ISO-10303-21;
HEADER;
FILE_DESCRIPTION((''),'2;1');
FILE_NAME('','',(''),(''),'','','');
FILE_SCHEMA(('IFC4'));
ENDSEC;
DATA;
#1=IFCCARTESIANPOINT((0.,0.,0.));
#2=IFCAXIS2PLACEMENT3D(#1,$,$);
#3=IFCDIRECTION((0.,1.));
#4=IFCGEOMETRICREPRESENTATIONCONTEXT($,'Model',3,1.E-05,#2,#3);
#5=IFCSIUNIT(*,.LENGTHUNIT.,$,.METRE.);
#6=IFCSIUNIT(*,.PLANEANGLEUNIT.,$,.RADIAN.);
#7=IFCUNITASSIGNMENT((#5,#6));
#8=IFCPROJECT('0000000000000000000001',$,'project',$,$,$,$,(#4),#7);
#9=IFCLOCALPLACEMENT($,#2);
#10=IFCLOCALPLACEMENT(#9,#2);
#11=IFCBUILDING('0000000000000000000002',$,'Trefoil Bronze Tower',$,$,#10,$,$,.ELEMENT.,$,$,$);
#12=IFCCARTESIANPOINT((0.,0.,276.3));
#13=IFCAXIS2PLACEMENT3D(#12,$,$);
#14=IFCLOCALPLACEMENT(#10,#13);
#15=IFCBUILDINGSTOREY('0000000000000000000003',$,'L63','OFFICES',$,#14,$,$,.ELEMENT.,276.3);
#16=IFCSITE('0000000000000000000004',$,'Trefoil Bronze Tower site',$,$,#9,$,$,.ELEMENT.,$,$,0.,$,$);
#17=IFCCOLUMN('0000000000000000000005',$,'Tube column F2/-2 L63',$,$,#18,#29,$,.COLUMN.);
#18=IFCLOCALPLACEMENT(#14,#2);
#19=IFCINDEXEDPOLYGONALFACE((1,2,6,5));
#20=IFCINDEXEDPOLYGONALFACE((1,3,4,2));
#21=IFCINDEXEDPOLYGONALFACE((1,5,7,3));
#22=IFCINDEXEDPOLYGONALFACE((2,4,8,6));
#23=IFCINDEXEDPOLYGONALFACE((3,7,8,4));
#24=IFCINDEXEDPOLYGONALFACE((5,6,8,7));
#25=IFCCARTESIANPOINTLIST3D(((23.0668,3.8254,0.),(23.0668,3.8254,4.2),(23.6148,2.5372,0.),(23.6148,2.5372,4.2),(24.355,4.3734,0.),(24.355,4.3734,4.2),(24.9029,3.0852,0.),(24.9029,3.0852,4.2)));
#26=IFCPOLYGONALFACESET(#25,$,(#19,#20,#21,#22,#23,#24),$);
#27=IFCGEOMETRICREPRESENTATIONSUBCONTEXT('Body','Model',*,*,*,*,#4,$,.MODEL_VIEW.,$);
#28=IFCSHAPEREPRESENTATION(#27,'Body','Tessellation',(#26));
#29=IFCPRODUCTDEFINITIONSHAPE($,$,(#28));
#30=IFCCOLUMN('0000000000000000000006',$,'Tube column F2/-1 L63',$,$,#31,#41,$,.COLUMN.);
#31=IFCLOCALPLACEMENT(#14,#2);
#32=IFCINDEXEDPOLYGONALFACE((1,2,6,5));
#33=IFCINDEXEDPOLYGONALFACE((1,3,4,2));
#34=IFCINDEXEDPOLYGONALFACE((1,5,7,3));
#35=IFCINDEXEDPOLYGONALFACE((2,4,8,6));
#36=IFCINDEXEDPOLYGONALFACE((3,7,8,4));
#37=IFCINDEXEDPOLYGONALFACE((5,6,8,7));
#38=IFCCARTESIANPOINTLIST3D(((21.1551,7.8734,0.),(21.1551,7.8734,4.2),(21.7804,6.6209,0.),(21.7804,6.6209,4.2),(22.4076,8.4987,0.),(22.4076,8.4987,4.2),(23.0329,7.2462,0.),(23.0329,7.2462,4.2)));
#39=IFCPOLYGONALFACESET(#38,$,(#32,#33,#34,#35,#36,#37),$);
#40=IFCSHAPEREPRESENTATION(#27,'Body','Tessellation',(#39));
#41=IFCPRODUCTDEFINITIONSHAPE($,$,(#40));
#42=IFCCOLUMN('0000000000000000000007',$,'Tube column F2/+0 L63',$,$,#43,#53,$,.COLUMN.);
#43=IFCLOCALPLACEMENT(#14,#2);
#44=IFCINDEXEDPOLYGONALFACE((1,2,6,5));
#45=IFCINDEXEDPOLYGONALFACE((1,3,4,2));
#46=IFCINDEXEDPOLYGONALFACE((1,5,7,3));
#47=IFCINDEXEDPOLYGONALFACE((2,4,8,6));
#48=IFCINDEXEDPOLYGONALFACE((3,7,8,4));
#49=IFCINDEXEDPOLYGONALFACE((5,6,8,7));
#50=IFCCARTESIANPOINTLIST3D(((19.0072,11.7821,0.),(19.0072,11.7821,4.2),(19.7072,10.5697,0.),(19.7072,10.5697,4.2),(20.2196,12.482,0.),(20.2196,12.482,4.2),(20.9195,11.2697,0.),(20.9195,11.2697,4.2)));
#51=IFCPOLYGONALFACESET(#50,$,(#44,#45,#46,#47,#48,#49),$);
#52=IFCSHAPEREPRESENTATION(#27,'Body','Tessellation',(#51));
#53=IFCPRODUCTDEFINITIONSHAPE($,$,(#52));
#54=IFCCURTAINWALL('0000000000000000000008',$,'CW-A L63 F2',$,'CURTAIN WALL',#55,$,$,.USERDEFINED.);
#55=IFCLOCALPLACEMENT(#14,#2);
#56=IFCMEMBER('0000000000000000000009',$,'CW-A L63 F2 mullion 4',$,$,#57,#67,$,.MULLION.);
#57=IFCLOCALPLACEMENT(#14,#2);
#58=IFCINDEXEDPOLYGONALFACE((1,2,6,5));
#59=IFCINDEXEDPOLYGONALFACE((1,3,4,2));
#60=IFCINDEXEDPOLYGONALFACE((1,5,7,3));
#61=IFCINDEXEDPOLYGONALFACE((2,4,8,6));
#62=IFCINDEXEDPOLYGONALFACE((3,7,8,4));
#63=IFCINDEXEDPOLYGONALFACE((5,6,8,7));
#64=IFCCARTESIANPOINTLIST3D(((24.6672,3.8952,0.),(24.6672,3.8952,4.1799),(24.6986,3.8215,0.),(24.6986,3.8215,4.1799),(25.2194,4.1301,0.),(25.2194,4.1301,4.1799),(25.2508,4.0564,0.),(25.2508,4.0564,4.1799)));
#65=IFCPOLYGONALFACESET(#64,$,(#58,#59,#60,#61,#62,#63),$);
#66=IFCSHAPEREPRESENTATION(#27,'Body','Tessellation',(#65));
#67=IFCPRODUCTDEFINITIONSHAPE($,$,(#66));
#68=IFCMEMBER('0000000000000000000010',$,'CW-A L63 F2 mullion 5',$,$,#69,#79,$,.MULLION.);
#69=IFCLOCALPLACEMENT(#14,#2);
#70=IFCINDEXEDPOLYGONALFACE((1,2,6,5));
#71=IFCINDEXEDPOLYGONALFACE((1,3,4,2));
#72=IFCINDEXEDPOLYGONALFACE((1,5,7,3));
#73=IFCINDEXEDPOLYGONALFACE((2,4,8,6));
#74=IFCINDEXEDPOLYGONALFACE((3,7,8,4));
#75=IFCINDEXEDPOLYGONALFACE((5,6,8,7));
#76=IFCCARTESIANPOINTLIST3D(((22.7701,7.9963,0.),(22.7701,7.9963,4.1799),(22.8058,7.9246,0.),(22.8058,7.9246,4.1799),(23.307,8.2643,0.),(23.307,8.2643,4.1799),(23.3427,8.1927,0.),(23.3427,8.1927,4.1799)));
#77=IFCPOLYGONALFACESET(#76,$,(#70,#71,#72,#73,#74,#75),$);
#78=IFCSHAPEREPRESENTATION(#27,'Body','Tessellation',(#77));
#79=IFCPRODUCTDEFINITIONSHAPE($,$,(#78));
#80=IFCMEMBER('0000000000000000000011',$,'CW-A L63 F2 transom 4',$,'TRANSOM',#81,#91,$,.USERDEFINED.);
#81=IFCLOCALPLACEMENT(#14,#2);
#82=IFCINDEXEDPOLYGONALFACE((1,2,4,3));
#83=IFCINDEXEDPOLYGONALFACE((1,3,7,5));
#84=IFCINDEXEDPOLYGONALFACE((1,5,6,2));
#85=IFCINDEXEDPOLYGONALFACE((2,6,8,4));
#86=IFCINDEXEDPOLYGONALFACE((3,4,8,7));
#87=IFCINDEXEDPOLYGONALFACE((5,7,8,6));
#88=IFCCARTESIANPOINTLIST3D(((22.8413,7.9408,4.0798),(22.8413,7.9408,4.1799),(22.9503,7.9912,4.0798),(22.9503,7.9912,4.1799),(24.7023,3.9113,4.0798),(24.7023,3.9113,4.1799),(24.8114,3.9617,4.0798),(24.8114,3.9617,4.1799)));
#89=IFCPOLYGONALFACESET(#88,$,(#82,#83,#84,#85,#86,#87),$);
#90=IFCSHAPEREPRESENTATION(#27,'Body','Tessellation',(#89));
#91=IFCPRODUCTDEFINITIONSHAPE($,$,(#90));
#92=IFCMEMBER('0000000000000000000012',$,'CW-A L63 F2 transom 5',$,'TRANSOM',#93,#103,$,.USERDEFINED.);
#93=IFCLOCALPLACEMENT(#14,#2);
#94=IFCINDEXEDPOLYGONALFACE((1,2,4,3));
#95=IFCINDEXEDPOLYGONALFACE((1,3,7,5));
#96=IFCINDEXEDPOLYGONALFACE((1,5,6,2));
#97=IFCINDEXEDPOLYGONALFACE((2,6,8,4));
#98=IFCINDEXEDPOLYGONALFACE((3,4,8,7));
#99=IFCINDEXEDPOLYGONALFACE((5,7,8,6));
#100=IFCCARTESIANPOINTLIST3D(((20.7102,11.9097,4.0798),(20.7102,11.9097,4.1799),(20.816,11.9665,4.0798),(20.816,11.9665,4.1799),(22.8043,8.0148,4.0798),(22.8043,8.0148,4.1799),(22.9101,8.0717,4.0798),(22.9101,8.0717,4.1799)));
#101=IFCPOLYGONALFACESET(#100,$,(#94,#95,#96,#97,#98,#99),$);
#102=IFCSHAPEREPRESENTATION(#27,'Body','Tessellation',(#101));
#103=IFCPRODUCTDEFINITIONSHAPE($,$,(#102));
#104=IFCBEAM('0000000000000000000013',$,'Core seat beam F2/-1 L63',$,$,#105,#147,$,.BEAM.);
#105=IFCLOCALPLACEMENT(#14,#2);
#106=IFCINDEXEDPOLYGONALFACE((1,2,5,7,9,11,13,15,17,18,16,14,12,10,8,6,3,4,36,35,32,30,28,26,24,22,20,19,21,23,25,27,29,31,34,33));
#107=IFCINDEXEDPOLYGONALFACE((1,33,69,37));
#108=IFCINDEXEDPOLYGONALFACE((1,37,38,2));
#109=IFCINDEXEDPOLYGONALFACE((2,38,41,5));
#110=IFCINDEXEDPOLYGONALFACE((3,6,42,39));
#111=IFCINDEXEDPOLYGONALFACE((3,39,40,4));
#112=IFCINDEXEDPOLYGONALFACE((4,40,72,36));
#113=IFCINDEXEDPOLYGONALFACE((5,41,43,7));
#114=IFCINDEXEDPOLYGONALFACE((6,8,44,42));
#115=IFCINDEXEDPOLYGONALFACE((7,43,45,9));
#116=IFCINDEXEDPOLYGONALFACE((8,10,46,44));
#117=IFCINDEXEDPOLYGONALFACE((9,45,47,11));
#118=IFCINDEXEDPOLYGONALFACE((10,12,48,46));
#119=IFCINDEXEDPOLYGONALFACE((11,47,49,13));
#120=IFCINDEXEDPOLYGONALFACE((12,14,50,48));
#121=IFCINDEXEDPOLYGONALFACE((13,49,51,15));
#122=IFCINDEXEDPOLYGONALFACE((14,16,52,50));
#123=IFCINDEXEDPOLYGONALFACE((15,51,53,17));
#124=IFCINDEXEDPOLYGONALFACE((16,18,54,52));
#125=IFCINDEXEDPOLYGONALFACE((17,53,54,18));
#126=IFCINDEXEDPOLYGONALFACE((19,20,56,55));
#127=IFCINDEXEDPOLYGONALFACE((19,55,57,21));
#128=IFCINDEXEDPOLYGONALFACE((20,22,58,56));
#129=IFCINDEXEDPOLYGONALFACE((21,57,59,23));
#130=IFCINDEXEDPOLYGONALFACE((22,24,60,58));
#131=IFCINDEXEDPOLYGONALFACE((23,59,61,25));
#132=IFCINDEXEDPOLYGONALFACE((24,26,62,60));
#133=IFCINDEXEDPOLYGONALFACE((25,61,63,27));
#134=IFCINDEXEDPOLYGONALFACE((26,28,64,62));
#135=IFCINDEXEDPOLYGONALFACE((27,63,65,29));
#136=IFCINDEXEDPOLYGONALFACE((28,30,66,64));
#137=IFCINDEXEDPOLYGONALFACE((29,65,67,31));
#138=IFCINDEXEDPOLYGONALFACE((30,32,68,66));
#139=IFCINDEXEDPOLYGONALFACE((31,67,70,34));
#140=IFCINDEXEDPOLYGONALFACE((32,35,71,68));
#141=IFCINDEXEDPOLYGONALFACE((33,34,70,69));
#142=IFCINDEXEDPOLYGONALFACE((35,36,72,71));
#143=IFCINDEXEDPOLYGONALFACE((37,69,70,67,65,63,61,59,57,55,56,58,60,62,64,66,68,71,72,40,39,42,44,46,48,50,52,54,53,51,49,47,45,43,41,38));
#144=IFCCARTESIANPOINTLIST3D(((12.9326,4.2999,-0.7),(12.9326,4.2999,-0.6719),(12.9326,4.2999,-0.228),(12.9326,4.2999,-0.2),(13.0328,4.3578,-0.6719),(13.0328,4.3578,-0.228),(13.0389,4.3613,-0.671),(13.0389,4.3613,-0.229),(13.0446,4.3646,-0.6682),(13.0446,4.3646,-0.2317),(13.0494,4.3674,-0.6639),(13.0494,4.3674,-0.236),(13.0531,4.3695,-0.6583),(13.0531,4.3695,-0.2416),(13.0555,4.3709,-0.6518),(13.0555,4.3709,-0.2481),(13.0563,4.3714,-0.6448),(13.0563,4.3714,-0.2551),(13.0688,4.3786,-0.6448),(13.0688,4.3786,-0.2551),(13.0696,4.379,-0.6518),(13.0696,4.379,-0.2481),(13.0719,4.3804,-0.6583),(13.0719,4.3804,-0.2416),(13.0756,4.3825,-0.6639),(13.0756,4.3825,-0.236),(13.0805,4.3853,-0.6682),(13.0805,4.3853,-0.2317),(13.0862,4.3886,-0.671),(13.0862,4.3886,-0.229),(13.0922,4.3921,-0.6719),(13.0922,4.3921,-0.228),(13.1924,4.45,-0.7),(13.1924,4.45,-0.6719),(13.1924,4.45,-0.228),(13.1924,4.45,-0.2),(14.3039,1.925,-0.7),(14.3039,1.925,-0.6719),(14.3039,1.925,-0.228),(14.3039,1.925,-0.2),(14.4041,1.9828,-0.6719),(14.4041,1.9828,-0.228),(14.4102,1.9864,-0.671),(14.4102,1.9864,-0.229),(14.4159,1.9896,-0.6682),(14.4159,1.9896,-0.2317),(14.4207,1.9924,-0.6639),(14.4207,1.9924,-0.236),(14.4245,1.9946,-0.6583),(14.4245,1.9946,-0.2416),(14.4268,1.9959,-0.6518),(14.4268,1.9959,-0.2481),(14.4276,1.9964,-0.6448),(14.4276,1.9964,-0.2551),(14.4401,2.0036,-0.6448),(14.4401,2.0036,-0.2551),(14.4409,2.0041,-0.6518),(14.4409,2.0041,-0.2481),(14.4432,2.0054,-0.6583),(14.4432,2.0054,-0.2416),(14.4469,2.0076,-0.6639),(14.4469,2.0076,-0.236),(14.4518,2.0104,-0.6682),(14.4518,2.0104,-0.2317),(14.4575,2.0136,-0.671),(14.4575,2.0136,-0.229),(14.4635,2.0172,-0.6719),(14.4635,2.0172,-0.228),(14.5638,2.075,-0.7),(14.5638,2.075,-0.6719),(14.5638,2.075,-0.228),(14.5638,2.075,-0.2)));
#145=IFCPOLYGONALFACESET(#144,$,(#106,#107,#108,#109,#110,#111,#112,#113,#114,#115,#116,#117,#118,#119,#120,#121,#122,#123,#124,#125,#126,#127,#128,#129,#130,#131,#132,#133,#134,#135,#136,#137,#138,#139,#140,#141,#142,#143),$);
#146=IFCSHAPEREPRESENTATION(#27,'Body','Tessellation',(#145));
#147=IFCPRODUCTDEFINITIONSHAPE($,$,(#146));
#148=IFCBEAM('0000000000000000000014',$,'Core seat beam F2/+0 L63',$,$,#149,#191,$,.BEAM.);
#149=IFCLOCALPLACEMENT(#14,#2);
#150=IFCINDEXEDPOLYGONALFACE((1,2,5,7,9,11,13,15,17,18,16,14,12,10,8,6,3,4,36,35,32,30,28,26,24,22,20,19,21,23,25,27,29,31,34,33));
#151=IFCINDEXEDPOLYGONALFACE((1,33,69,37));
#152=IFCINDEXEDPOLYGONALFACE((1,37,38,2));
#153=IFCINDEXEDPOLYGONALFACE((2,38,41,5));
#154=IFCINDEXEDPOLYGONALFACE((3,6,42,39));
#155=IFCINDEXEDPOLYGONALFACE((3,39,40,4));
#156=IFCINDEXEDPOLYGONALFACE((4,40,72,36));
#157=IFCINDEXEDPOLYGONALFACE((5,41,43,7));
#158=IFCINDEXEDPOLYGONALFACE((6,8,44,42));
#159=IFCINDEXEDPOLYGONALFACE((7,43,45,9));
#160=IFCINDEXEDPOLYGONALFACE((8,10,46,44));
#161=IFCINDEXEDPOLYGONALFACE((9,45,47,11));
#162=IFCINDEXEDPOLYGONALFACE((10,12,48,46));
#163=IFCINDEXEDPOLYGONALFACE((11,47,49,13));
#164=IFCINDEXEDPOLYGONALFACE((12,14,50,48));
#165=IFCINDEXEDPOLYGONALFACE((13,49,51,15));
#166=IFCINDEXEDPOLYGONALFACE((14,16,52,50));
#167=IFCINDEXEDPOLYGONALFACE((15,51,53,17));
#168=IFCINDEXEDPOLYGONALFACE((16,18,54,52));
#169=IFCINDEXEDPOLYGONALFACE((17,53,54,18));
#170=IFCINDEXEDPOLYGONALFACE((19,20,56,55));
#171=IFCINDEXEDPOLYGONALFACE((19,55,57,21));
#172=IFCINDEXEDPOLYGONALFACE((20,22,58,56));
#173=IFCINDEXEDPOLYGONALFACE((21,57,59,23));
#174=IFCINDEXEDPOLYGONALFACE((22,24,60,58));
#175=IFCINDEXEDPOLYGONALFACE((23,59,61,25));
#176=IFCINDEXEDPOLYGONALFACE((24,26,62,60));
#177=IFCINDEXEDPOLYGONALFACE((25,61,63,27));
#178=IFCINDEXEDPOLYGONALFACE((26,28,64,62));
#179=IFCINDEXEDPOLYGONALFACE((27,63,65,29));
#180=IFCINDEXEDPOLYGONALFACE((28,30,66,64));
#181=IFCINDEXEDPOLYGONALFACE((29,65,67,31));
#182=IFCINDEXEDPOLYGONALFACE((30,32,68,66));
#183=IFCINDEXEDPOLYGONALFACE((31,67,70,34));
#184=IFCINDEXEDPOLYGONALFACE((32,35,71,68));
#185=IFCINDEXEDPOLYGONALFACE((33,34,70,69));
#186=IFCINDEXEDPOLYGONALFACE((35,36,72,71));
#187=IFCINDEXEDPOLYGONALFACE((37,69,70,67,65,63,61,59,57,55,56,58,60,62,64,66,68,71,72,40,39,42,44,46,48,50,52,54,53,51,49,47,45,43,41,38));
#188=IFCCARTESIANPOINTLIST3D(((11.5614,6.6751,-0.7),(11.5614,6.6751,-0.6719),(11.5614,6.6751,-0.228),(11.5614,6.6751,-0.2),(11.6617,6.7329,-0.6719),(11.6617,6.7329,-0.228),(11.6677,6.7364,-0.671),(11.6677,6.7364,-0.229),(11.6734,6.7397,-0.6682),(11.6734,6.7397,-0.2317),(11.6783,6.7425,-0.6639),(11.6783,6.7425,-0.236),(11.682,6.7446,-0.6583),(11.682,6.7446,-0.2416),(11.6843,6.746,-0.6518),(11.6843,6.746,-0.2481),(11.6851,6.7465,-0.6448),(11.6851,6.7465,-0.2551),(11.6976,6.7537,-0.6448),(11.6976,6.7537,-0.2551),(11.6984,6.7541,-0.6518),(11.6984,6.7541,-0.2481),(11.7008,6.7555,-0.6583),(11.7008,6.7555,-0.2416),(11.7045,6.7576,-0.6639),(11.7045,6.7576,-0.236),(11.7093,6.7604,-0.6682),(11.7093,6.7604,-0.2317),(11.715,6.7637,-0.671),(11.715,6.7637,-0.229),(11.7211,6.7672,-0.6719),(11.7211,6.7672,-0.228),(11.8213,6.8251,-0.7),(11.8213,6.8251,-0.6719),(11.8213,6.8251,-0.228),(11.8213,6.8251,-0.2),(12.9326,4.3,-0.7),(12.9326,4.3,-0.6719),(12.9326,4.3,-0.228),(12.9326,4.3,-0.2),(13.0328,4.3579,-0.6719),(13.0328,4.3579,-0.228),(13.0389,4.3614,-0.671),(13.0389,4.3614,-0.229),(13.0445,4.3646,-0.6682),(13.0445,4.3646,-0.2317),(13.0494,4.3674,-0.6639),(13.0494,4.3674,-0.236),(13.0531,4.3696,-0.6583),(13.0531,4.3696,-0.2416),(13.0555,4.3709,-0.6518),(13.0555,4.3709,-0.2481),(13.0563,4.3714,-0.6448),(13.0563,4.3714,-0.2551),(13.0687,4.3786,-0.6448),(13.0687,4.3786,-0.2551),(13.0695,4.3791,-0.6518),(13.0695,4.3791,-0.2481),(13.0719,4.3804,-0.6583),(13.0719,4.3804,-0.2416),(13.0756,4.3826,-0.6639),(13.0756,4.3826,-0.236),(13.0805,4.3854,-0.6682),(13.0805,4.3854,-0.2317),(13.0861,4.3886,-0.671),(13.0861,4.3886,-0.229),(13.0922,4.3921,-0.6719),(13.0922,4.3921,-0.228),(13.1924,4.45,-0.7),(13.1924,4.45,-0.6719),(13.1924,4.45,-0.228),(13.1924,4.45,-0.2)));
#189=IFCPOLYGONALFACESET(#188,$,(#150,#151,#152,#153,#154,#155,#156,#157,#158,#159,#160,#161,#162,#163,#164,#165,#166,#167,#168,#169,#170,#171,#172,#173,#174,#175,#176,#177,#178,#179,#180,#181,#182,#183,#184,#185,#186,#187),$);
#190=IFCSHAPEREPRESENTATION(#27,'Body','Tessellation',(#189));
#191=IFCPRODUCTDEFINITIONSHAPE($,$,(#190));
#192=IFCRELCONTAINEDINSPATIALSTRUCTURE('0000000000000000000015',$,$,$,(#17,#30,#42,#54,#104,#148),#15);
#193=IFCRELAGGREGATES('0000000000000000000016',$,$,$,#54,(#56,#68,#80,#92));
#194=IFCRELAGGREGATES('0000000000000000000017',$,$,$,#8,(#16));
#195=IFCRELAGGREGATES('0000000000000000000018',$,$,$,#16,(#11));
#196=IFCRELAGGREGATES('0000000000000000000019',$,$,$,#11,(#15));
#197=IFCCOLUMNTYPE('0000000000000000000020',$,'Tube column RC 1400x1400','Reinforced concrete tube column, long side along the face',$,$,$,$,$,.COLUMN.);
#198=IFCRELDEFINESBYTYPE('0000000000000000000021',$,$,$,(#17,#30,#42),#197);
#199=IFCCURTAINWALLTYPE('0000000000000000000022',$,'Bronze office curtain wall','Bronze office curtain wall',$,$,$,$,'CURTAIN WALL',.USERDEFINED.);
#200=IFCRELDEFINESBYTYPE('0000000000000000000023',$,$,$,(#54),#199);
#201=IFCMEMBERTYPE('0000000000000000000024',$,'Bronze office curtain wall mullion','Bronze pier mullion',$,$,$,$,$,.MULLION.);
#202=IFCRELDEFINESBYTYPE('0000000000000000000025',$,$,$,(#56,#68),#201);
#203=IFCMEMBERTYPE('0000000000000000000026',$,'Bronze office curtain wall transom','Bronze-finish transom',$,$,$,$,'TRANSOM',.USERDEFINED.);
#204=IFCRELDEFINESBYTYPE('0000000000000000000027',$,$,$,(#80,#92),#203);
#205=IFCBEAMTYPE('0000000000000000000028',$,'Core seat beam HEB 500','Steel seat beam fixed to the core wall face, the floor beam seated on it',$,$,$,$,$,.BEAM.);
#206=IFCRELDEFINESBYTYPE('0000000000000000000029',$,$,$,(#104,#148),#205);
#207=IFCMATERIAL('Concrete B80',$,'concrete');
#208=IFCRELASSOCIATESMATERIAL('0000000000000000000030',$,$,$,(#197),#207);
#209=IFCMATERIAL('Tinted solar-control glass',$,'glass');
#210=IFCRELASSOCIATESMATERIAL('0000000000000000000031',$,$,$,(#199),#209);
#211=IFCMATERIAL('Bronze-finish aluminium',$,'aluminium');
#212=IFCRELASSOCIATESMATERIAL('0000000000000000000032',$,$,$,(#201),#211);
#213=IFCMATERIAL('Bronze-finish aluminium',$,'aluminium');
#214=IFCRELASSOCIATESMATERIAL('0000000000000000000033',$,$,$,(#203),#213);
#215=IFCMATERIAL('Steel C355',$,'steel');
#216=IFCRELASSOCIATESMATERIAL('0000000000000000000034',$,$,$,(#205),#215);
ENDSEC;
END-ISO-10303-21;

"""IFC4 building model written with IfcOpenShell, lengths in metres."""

from ifc_helpers import new_model, si_unit, direction, frame, origin, origin_2d, place, context, subcontext, project, spatial, rectangle, i_section, extrude, material, material_profile, profile_set, type_object, element, aggregate, save


model = new_model("IFC4")

# Units and contexts
model_context = context("Model", 3, precision=1e-05, world=origin(), true_north=direction((0.0, 1.0)))
body_context = subcontext(model_context, "Body", "Model", "MODEL_VIEW")
ifc_project = project(units=[si_unit("LENGTHUNIT", "METRE"), si_unit("PLANEANGLEUNIT", "RADIAN")], contexts=[model_context])

# Site, building, storey
site_placement = place(None, origin())
site = spatial("IfcSite", under=ifc_project, at=site_placement, Name="Trefoil Bronze Tower site", CompositionType="ELEMENT", RefElevation=0.0)
building_placement = place(site_placement, origin())
building = spatial("IfcBuilding", under=site, at=building_placement, Name="Trefoil Bronze Tower", CompositionType="ELEMENT")
storey_placement = place(building_placement, frame((0.0, 0.0, 276.3)))
storey = spatial("IfcBuildingStorey", under=building, at=storey_placement, Name="L63", Description="OFFICES", CompositionType="ELEMENT", Elevation=276.3)

# Columns
ifc_material_1 = material(Name="Concrete B80", Category="concrete")
ifc_material_profile_1 = material_profile(ifc_material_1, rectangle(XDim=1.3999, YDim=1.3999, at=origin_2d()), Name="RC 1400x1400")
ifc_profile_set_1 = profile_set([ifc_material_profile_1], Name="Concrete B80")
column_type = type_object("IfcColumnType", Name="Tube column RC 1400x1400", Description="Reinforced concrete tube column, long side along the face", PredefinedType="COLUMN", material=ifc_profile_set_1)
for number, where, z_axis, x_axis, name in (
    (1, (23.9849, 3.4553, 0.0), (0.0, 0.0, 1.0), (-0.391436, 0.920205, 0.0), "Tube column F2/-2 L63"),
    (2, (22.094, 7.5598, 0.0), (0.0, 0.0, 1.0), (-0.446641, 0.894713, 0.0), "Tube column F2/-1 L63"),
    (3, (19.9634, 11.5259, 0.0), (0.0, 0.0, 1.0), (-0.5, 0.866025, 0.0), "Tube column F2/+0 L63"),
):
    element("IfcColumn", number, at=place(storey_placement, frame(where, z_axis=z_axis, x_axis=x_axis)), inside=storey, type_object=column_type, Name=name, PredefinedType="COLUMN", context=body_context, shape_type="SweptSolid", body=[
        extrude(rectangle(XDim=1.3999, YDim=1.3999, at=origin_2d()), origin(), (0.0, 0.0, 1.0), 4.2),
    ])

# Curtain wall, members
ifc_material_2 = material(Name="Tinted solar-control glass", Category="glass")
curtain_wall_type = type_object("IfcCurtainWallType", Name="Bronze office curtain wall", Description="Bronze office curtain wall", ElementType="CURTAIN WALL", PredefinedType="USERDEFINED", material=ifc_material_2)
curtain_wall_placement = place(storey_placement, origin())
curtain_wall = element("IfcCurtainWall", 4, at=curtain_wall_placement, inside=storey, type_object=curtain_wall_type, Name="CW-A L63 F2", ObjectType="CURTAIN WALL", PredefinedType="USERDEFINED")
ifc_material_3 = material(Name="Bronze-finish aluminium", Category="aluminium")
ifc_material_profile_2 = material_profile(ifc_material_3, rectangle(XDim=0.6001, YDim=0.0801, at=origin_2d()), Name="CW-A mullion")
ifc_profile_set_2 = profile_set([ifc_material_profile_2], Name="Bronze-finish aluminium")
member_type_1 = type_object("IfcMemberType", Name="Bronze office curtain wall mullion", Description="Bronze pier mullion", PredefinedType="MULLION", material=ifc_profile_set_2)
member_1_placement = place(storey_placement, frame((24.959, 3.9758, 0.0), z_axis=(0.0, 0.0, 1.0), x_axis=(-0.920205, -0.391436, 0.0)))
member_1 = element("IfcMember", 5, at=member_1_placement, type_object=member_type_1, Name="CW-A L63 F2 mullion 4", PredefinedType="MULLION", context=body_context, shape_type="SweptSolid", body=[
    extrude(rectangle(XDim=0.6001, YDim=0.0801, at=origin_2d()), origin(), (0.0, 0.0, 1.0), 4.1799),
])
member_2_placement = place(storey_placement, frame((23.0564, 8.0945, 0.0), z_axis=(0.0, 0.0, 1.0), x_axis=(-0.894713, -0.446641, 0.0)))
member_2 = element("IfcMember", 6, at=member_2_placement, type_object=member_type_1, Name="CW-A L63 F2 mullion 5", PredefinedType="MULLION", context=body_context, shape_type="SweptSolid", body=[
    extrude(rectangle(XDim=0.6001, YDim=0.0801, at=origin_2d()), origin(), (0.0, 0.0, 1.0), 4.1799),
])
ifc_material_4 = material(Name="Bronze-finish aluminium", Category="aluminium")
ifc_material_profile_3 = material_profile(ifc_material_4, rectangle(XDim=0.1201, YDim=0.1001, at=origin_2d()), Name="CW-A transom")
ifc_profile_set_3 = profile_set([ifc_material_profile_3], Name="Bronze-finish aluminium")
member_type_2 = type_object("IfcMemberType", Name="Bronze office curtain wall transom", Description="Bronze-finish transom", ElementType="TRANSOM", PredefinedType="USERDEFINED", material=ifc_profile_set_3)
member_3_placement = place(storey_placement, frame((24.7568, 3.9365, 4.1299), z_axis=(-0.419299, 0.907848, 0.0), x_axis=(-0.907848, -0.419299, 0.0)))
member_3 = element("IfcMember", 7, at=member_3_placement, type_object=member_type_2, Name="CW-A L63 F2 transom 4", ObjectType="TRANSOM", PredefinedType="USERDEFINED", context=body_context, shape_type="SweptSolid", body=[
    extrude(rectangle(XDim=0.1201, YDim=0.1001, at=origin_2d()), origin(), (0.0, 0.0, 1.0), 4.4385),
])
member_4_placement = place(storey_placement, frame((22.8572, 8.0432, 4.1299), z_axis=(-0.47354, 0.880772, 0.0), x_axis=(-0.880772, -0.47354, 0.0)))
member_4 = element("IfcMember", 8, at=member_4_placement, type_object=member_type_2, Name="CW-A L63 F2 transom 5", ObjectType="TRANSOM", PredefinedType="USERDEFINED", context=body_context, shape_type="SweptSolid", body=[
    extrude(rectangle(XDim=0.1201, YDim=0.1001, at=origin_2d()), origin(), (0.0, 0.0, 1.0), 4.4221),
])

# Beams
ifc_material_5 = material(Name="Steel C355", Category="steel")
ifc_material_profile_4 = material_profile(ifc_material_5, i_section(OverallWidth=0.3, OverallDepth=0.5, WebThickness=0.0144, FlangeThickness=0.0281, FilletRadius=0.0271, at=origin_2d()), Name="HEB 500")
ifc_profile_set_4 = profile_set([ifc_material_profile_4], Name="Steel C355")
beam_type_1 = type_object("IfcBeamType", Name="Core seat beam HEB 500", Description="Steel seat beam fixed to the core wall face, the floor beam seated on it", PredefinedType="BEAM", material=ifc_profile_set_4)
for number, where, z_axis, x_axis, name in (
    (9, (14.4338, 2.0, -0.45), (-0.500036, 0.866005, 0.0), (-0.866005, -0.500036, 0.0), "Core seat beam F2/-1 L63"),
    (10, (13.0625, 4.375, -0.45), (-0.499969, 0.866043, 0.0), (-0.866043, -0.499969, 0.0), "Core seat beam F2/+0 L63"),
):
    element("IfcBeam", number, at=place(storey_placement, frame(where, z_axis=z_axis, x_axis=x_axis)), inside=storey, type_object=beam_type_1, Name=name, PredefinedType="BEAM", context=body_context, shape_type="SweptSolid", body=[
        extrude(i_section(OverallWidth=0.3, OverallDepth=0.5, WebThickness=0.0144, FlangeThickness=0.0281, FilletRadius=0.0271, at=origin_2d()), origin(), (0.0, 0.0, 1.0), 2.7424),
    ])

aggregate(curtain_wall, [member_1, member_2, member_3, member_4])

save(model, "model.ifc")
